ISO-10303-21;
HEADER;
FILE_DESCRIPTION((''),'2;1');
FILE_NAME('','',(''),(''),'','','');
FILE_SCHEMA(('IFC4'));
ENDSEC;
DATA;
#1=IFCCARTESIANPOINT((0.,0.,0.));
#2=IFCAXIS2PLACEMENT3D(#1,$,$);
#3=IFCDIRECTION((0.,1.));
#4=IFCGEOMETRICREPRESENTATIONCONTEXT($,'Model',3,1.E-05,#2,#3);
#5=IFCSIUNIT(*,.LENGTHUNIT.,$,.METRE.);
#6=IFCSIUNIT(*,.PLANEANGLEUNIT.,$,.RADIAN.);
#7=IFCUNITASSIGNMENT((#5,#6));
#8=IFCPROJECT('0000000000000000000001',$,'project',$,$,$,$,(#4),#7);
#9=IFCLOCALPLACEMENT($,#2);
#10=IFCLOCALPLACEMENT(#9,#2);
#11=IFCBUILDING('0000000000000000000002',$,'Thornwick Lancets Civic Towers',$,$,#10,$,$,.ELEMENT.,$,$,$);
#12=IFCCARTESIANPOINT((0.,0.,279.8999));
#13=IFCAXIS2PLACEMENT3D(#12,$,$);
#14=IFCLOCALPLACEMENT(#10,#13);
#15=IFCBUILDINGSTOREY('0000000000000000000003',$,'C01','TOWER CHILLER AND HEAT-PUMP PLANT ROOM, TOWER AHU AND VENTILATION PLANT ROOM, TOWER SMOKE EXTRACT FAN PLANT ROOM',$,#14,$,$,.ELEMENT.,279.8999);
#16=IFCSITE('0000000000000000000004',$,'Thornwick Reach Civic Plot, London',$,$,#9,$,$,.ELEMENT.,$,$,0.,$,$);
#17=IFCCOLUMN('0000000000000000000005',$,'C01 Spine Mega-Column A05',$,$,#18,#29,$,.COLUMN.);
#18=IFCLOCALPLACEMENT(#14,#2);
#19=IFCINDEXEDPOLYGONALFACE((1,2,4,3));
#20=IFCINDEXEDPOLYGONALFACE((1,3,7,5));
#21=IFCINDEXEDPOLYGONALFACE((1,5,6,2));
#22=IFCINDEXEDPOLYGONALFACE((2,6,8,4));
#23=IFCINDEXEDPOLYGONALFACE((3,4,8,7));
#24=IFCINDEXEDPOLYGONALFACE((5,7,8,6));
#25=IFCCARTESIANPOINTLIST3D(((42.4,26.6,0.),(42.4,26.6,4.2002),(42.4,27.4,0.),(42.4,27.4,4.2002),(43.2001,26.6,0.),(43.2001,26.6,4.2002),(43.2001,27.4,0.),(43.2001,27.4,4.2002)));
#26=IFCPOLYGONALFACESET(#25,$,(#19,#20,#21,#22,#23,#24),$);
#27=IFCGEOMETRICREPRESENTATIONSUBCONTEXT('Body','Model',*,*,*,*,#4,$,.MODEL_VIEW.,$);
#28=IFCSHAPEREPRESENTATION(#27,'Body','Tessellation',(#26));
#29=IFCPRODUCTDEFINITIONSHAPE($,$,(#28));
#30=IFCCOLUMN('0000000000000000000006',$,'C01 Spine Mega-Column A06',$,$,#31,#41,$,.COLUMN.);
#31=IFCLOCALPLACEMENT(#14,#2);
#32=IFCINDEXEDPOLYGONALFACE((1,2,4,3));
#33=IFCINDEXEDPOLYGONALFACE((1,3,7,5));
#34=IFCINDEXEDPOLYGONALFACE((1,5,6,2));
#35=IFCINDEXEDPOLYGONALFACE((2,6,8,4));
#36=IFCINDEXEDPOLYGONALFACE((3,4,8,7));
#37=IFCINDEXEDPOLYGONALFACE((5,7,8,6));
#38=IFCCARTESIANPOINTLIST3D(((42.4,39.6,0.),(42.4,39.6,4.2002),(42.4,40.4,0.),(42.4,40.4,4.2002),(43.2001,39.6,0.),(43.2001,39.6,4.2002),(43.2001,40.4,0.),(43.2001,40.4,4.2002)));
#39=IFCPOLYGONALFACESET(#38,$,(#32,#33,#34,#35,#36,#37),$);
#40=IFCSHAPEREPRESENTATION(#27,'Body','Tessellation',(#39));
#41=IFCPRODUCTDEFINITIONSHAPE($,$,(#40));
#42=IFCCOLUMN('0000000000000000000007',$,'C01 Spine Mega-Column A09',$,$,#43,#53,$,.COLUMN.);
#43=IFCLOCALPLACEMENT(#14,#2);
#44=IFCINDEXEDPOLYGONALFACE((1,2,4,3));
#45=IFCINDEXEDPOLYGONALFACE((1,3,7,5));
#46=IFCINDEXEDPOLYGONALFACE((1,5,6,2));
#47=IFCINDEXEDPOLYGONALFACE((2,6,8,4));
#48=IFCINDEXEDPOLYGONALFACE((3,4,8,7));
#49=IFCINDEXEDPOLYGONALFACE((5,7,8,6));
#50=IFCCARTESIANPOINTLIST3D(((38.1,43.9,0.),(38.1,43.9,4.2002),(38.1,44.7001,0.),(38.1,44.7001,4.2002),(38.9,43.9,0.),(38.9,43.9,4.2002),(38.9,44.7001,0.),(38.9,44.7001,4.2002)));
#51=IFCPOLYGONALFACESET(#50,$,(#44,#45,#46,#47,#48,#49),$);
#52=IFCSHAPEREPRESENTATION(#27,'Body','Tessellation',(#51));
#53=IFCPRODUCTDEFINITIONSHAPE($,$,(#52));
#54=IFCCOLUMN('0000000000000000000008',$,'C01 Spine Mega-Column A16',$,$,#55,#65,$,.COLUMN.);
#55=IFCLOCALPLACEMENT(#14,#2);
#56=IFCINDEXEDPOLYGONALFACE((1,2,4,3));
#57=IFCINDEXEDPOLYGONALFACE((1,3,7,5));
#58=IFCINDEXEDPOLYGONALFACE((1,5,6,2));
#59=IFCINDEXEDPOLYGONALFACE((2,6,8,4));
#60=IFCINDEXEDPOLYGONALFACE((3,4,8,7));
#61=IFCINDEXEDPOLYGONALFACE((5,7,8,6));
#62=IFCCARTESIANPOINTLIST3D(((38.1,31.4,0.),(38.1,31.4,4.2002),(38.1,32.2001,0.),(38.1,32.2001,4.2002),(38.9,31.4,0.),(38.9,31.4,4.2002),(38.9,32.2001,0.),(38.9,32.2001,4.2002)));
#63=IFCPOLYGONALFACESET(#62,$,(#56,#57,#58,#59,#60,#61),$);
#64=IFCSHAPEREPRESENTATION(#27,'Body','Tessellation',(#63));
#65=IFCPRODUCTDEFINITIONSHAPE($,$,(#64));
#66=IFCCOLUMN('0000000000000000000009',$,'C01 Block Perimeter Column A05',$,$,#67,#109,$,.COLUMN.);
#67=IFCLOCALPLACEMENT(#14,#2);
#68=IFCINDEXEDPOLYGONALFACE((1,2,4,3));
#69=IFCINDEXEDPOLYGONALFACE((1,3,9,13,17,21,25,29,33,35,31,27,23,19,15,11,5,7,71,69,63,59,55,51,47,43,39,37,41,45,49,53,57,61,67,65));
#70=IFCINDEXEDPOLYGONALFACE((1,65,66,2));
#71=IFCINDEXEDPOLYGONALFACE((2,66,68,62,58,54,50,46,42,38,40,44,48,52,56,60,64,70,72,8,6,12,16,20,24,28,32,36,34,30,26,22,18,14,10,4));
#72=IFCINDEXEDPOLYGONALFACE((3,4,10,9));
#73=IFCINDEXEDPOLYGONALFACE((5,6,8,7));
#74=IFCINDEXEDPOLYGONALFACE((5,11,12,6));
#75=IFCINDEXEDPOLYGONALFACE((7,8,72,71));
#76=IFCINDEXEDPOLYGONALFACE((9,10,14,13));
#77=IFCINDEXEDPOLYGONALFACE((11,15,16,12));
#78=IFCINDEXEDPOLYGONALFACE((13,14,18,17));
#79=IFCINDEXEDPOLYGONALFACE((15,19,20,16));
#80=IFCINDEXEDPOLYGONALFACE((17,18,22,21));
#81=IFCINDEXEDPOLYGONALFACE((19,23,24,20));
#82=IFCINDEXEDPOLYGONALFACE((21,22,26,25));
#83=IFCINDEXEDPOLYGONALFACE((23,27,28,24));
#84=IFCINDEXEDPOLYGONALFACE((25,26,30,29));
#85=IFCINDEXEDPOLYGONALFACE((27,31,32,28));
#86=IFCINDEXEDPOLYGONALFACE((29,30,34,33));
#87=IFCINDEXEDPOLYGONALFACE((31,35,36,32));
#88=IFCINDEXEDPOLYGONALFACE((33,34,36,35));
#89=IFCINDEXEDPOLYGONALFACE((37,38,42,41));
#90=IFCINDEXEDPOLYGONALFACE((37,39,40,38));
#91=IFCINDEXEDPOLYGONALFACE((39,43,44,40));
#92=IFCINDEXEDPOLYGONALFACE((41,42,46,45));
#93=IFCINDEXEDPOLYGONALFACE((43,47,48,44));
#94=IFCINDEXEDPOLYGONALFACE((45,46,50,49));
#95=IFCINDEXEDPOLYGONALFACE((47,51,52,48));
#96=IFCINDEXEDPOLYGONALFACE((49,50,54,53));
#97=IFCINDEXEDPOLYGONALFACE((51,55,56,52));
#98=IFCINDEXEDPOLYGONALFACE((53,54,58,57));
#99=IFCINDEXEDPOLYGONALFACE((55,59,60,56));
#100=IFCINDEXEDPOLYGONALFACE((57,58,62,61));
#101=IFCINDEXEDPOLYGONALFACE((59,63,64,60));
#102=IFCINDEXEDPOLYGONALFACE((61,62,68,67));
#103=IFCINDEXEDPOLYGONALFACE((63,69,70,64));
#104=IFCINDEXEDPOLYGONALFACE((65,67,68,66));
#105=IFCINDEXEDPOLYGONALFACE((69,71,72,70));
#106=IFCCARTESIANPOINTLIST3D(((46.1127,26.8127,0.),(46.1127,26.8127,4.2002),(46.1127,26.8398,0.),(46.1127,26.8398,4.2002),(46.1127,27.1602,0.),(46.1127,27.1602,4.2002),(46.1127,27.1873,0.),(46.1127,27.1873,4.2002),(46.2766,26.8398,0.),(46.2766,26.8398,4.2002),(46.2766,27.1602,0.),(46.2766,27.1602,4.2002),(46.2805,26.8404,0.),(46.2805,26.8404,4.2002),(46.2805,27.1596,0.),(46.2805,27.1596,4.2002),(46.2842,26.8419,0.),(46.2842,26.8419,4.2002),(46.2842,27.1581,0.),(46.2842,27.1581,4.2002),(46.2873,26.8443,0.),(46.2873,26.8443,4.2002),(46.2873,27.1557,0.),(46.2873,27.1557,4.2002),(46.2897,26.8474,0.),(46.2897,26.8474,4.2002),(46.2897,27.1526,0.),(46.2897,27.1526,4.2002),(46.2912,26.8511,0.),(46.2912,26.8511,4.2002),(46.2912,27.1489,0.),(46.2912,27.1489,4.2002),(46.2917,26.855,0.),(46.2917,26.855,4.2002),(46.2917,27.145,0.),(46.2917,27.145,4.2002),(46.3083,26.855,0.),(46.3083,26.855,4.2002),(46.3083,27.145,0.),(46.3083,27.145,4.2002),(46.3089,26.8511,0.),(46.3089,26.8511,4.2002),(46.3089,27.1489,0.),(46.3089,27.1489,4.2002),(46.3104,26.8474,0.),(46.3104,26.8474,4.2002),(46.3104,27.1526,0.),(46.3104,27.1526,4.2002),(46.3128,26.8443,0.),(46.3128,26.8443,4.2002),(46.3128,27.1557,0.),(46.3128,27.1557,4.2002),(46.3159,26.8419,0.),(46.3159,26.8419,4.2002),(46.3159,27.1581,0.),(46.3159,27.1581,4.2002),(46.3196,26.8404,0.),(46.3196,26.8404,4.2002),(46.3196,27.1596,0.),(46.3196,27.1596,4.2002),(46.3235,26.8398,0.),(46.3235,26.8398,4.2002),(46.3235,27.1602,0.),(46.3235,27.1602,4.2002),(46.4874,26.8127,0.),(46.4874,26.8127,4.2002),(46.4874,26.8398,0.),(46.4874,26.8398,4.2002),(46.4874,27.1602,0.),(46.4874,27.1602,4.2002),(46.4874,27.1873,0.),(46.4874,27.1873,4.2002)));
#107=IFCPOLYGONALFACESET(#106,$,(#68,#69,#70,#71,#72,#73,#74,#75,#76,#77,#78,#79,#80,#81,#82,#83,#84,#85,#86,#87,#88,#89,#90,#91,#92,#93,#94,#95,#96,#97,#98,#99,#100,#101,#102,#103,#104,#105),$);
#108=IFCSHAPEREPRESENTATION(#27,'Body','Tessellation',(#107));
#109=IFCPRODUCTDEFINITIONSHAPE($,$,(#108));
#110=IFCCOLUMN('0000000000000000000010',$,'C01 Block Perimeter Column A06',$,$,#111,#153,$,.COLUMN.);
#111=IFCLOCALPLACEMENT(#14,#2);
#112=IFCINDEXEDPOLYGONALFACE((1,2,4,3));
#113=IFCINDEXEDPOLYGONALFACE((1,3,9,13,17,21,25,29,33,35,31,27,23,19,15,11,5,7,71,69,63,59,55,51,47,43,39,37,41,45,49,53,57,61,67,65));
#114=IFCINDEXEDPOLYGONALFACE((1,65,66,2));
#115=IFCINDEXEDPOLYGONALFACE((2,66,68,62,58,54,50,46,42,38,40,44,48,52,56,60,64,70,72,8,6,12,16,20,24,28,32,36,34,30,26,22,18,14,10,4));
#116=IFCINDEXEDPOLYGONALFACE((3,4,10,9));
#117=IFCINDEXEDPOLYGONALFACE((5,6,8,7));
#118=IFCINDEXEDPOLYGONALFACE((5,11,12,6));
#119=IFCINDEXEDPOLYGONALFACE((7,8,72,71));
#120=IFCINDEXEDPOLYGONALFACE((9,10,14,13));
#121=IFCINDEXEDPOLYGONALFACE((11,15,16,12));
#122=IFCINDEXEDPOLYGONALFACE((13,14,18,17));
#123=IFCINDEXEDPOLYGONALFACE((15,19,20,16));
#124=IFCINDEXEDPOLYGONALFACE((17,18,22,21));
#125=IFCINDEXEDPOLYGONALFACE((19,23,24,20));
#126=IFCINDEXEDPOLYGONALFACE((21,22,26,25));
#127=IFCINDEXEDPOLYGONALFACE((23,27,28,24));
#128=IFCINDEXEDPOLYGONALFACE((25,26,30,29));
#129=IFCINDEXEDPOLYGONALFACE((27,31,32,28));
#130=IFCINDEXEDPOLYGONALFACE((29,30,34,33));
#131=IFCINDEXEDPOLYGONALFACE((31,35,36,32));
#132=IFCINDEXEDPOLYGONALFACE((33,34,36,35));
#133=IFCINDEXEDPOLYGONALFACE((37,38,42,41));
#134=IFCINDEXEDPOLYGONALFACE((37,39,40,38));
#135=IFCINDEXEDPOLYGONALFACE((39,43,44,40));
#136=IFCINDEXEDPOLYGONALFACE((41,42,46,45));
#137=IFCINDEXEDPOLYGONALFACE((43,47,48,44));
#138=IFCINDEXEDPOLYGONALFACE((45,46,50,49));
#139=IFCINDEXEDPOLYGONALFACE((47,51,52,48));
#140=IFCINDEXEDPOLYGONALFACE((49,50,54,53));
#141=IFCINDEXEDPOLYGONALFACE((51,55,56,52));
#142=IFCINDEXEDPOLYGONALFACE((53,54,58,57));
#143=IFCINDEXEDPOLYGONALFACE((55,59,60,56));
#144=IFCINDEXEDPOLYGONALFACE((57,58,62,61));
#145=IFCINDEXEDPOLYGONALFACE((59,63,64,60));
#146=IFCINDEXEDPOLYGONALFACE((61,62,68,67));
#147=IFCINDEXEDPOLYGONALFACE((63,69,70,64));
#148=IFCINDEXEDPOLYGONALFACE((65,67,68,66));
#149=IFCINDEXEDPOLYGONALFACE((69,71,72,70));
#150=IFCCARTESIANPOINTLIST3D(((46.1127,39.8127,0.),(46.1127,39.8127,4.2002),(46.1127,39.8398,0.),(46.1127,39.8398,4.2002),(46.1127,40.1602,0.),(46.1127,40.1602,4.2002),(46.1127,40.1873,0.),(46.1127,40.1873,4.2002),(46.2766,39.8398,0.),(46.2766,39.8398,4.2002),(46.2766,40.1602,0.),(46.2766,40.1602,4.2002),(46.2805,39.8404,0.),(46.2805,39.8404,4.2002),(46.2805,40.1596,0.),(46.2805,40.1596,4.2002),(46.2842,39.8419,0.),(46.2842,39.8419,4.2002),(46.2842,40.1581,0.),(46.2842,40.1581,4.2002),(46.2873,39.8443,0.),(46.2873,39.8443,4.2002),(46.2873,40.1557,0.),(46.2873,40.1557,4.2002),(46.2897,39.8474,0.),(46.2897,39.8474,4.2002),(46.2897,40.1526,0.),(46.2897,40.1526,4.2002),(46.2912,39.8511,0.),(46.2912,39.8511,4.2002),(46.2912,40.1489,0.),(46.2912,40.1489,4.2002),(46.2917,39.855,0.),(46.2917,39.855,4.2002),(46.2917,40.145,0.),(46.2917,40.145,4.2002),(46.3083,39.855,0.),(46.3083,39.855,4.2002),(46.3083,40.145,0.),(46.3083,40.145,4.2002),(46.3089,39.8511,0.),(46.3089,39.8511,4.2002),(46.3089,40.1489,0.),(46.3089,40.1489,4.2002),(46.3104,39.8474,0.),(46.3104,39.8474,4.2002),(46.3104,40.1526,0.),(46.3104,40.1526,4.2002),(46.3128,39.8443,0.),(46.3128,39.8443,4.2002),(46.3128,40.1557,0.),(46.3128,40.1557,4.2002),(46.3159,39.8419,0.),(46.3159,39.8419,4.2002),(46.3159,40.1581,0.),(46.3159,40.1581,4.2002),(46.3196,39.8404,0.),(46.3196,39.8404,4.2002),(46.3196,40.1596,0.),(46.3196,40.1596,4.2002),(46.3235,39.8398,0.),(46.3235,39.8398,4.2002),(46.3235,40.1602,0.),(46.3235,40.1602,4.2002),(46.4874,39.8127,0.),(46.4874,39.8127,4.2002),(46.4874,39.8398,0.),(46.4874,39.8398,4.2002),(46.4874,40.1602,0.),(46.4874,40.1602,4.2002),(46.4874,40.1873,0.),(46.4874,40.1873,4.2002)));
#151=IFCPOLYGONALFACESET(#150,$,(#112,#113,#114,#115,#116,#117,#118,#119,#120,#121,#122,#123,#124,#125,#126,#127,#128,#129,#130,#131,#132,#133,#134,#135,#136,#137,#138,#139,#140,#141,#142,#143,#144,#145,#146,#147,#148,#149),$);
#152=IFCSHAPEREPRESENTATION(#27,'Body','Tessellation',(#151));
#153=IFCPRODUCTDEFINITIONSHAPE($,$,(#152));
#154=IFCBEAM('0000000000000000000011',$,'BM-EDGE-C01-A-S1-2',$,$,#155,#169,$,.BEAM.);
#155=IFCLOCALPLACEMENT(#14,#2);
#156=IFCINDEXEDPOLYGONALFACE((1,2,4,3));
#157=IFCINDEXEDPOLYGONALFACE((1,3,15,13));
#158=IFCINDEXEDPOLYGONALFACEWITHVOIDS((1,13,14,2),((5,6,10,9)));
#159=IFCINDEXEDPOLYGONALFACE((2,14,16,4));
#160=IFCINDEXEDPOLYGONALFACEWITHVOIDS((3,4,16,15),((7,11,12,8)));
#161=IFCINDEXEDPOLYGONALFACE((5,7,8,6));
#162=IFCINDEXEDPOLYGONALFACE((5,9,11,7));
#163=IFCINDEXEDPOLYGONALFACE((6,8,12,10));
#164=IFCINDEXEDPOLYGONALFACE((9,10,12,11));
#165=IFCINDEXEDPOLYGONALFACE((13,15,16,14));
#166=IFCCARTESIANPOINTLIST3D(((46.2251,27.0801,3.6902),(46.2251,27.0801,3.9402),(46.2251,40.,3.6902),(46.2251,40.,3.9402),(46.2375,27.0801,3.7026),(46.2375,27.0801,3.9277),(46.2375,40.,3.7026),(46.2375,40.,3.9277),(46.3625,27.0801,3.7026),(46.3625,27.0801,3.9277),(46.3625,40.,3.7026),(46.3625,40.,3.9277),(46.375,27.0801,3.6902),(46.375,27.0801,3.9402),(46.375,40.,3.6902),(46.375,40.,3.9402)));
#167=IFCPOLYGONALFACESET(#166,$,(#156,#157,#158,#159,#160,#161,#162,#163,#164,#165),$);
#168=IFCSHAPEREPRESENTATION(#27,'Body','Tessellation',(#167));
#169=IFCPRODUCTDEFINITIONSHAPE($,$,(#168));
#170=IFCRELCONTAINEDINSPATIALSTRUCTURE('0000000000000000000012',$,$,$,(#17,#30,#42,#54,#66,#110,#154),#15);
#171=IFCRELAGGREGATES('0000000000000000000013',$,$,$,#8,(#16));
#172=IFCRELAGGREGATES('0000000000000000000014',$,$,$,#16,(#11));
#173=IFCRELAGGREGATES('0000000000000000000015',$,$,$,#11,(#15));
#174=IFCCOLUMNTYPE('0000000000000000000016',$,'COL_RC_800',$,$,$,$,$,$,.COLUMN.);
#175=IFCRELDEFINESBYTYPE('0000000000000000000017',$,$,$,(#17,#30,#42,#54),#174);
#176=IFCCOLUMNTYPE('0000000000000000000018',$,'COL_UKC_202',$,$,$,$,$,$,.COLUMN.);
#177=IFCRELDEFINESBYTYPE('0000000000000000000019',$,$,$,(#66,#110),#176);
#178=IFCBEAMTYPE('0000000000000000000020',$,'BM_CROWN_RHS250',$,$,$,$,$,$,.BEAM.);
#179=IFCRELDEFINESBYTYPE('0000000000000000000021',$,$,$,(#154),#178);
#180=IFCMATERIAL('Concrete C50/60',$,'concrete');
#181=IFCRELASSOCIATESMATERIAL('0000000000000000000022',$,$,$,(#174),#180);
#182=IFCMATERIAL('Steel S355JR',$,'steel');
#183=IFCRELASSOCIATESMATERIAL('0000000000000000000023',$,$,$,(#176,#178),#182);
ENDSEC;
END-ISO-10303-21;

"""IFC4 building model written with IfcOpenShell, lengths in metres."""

from ifc_helpers import new_model, si_unit, direction, frame, origin, origin_2d, place, context, subcontext, project, spatial, rectangle, hollow_rectangle, i_section, extrude, material, material_profile, profile_set, type_object, element, save


model = new_model("IFC4")

# Units and contexts
model_context = context("Model", 3, precision=1e-05, world=origin(), true_north=direction((0.0, 1.0)))
body_context = subcontext(model_context, "Body", "Model", "MODEL_VIEW")
ifc_project = project(units=[si_unit("LENGTHUNIT", "METRE"), si_unit("PLANEANGLEUNIT", "RADIAN")], contexts=[model_context])

# Site, building, storey
site_placement = place(None, origin())
site = spatial("IfcSite", under=ifc_project, at=site_placement, Name="Thornwick Reach Civic Plot, London", CompositionType="ELEMENT", RefElevation=0.0)
building_placement = place(site_placement, origin())
building = spatial("IfcBuilding", under=site, at=building_placement, Name="Thornwick Lancets Civic Towers", CompositionType="ELEMENT")
storey_placement = place(building_placement, frame((0.0, 0.0, 279.8999)))
storey = spatial("IfcBuildingStorey", under=building, at=storey_placement, Name="C01", Description="TOWER CHILLER AND HEAT-PUMP PLANT ROOM, TOWER AHU AND VENTILATION PLANT ROOM, TOWER SMOKE EXTRACT FAN PLANT ROOM", CompositionType="ELEMENT", Elevation=279.8999)

# Columns
ifc_material_1 = material(Name="Concrete C50/60", Category="concrete")
ifc_material_profile_1 = material_profile(ifc_material_1, rectangle(XDim=0.8, YDim=0.8, at=origin_2d()), Name="RC 800x800")
ifc_profile_set_1 = profile_set([ifc_material_profile_1], Name="Concrete C50/60")
column_type_1 = type_object("IfcColumnType", Name="COL_RC_800", PredefinedType="COLUMN", material=ifc_profile_set_1)
for number, where, z_axis, x_axis, name in (
    (1, (42.8, 27.0, 0.0), (0.0, 0.0, 1.0), (1.0, 0.0, 0.0), "C01 Spine Mega-Column A05"),
    (2, (42.8, 40.0, 0.0), (0.0, 0.0, 1.0), (1.0, 0.0, 0.0), "C01 Spine Mega-Column A06"),
    (3, (38.5, 44.3, 0.0), (0.0, 0.0, 1.0), (1.0, 0.0, 0.0), "C01 Spine Mega-Column A09"),
    (4, (38.5, 31.8, 0.0), (0.0, 0.0, 1.0), (1.0, 0.0, 0.0), "C01 Spine Mega-Column A16"),
):
    element("IfcColumn", number, at=place(storey_placement, frame(where, z_axis=z_axis, x_axis=x_axis)), inside=storey, type_object=column_type_1, Name=name, PredefinedType="COLUMN", context=body_context, shape_type="SweptSolid", body=[
        extrude(rectangle(XDim=0.8, YDim=0.8, at=origin_2d()), origin(), (0.0, 0.0, 1.0), 4.2002),
    ])
ifc_material_2 = material(Name="Steel S355JR", Category="steel")
ifc_material_profile_2 = material_profile(ifc_material_2, i_section(OverallWidth=0.3748, OverallDepth=0.3745, WebThickness=0.0166, FlangeThickness=0.0271, FilletRadius=0.0151, at=origin_2d()), Name="UKC 356x368x202")
ifc_profile_set_2 = profile_set([ifc_material_profile_2], Name="Steel S355JR")
column_type_2 = type_object("IfcColumnType", Name="COL_UKC_202", PredefinedType="COLUMN", material=ifc_profile_set_2)
for number, where, z_axis, x_axis, name in (
    (5, (46.3, 27.0, 0.0), (0.0, 0.0, 1.0), (1.0, 0.0, 0.0), "C01 Block Perimeter Column A05"),
    (6, (46.3, 40.0, 0.0), (0.0, 0.0, 1.0), (1.0, 0.0, 0.0), "C01 Block Perimeter Column A06"),
):
    element("IfcColumn", number, at=place(storey_placement, frame(where, z_axis=z_axis, x_axis=x_axis)), inside=storey, type_object=column_type_2, Name=name, PredefinedType="COLUMN", context=body_context, shape_type="SweptSolid", body=[
        extrude(i_section(OverallWidth=0.3748, OverallDepth=0.3745, WebThickness=0.0166, FlangeThickness=0.0271, FilletRadius=0.0151, at=origin_2d()), origin(), (0.0, 0.0, 1.0), 4.2002),
    ])

# Beam
ifc_material_profile_3 = material_profile(ifc_material_2, hollow_rectangle(XDim=0.1499, YDim=0.25, WallThickness=0.0125, at=origin_2d()), Name="RHS 250x150x12.5")
ifc_profile_set_3 = profile_set([ifc_material_profile_3], Name="Steel S355JR")
beam_type_1 = type_object("IfcBeamType", Name="BM_CROWN_RHS250", PredefinedType="BEAM", material=ifc_profile_set_3)
beam_1_placement = place(storey_placement, frame((46.3, 27.0801, 3.8152), z_axis=(0.0, 1.0, 0.0), x_axis=(-1.0, 0.0, 0.0)))
element("IfcBeam", 7, at=beam_1_placement, inside=storey, type_object=beam_type_1, Name="BM-EDGE-C01-A-S1-2", PredefinedType="BEAM", context=body_context, shape_type="SweptSolid", body=[
    extrude(hollow_rectangle(XDim=0.1499, YDim=0.25, WallThickness=0.0125, at=origin_2d()), origin(), (0.0, 0.0, 1.0), 12.9199),
])

save(model, "model.ifc")
